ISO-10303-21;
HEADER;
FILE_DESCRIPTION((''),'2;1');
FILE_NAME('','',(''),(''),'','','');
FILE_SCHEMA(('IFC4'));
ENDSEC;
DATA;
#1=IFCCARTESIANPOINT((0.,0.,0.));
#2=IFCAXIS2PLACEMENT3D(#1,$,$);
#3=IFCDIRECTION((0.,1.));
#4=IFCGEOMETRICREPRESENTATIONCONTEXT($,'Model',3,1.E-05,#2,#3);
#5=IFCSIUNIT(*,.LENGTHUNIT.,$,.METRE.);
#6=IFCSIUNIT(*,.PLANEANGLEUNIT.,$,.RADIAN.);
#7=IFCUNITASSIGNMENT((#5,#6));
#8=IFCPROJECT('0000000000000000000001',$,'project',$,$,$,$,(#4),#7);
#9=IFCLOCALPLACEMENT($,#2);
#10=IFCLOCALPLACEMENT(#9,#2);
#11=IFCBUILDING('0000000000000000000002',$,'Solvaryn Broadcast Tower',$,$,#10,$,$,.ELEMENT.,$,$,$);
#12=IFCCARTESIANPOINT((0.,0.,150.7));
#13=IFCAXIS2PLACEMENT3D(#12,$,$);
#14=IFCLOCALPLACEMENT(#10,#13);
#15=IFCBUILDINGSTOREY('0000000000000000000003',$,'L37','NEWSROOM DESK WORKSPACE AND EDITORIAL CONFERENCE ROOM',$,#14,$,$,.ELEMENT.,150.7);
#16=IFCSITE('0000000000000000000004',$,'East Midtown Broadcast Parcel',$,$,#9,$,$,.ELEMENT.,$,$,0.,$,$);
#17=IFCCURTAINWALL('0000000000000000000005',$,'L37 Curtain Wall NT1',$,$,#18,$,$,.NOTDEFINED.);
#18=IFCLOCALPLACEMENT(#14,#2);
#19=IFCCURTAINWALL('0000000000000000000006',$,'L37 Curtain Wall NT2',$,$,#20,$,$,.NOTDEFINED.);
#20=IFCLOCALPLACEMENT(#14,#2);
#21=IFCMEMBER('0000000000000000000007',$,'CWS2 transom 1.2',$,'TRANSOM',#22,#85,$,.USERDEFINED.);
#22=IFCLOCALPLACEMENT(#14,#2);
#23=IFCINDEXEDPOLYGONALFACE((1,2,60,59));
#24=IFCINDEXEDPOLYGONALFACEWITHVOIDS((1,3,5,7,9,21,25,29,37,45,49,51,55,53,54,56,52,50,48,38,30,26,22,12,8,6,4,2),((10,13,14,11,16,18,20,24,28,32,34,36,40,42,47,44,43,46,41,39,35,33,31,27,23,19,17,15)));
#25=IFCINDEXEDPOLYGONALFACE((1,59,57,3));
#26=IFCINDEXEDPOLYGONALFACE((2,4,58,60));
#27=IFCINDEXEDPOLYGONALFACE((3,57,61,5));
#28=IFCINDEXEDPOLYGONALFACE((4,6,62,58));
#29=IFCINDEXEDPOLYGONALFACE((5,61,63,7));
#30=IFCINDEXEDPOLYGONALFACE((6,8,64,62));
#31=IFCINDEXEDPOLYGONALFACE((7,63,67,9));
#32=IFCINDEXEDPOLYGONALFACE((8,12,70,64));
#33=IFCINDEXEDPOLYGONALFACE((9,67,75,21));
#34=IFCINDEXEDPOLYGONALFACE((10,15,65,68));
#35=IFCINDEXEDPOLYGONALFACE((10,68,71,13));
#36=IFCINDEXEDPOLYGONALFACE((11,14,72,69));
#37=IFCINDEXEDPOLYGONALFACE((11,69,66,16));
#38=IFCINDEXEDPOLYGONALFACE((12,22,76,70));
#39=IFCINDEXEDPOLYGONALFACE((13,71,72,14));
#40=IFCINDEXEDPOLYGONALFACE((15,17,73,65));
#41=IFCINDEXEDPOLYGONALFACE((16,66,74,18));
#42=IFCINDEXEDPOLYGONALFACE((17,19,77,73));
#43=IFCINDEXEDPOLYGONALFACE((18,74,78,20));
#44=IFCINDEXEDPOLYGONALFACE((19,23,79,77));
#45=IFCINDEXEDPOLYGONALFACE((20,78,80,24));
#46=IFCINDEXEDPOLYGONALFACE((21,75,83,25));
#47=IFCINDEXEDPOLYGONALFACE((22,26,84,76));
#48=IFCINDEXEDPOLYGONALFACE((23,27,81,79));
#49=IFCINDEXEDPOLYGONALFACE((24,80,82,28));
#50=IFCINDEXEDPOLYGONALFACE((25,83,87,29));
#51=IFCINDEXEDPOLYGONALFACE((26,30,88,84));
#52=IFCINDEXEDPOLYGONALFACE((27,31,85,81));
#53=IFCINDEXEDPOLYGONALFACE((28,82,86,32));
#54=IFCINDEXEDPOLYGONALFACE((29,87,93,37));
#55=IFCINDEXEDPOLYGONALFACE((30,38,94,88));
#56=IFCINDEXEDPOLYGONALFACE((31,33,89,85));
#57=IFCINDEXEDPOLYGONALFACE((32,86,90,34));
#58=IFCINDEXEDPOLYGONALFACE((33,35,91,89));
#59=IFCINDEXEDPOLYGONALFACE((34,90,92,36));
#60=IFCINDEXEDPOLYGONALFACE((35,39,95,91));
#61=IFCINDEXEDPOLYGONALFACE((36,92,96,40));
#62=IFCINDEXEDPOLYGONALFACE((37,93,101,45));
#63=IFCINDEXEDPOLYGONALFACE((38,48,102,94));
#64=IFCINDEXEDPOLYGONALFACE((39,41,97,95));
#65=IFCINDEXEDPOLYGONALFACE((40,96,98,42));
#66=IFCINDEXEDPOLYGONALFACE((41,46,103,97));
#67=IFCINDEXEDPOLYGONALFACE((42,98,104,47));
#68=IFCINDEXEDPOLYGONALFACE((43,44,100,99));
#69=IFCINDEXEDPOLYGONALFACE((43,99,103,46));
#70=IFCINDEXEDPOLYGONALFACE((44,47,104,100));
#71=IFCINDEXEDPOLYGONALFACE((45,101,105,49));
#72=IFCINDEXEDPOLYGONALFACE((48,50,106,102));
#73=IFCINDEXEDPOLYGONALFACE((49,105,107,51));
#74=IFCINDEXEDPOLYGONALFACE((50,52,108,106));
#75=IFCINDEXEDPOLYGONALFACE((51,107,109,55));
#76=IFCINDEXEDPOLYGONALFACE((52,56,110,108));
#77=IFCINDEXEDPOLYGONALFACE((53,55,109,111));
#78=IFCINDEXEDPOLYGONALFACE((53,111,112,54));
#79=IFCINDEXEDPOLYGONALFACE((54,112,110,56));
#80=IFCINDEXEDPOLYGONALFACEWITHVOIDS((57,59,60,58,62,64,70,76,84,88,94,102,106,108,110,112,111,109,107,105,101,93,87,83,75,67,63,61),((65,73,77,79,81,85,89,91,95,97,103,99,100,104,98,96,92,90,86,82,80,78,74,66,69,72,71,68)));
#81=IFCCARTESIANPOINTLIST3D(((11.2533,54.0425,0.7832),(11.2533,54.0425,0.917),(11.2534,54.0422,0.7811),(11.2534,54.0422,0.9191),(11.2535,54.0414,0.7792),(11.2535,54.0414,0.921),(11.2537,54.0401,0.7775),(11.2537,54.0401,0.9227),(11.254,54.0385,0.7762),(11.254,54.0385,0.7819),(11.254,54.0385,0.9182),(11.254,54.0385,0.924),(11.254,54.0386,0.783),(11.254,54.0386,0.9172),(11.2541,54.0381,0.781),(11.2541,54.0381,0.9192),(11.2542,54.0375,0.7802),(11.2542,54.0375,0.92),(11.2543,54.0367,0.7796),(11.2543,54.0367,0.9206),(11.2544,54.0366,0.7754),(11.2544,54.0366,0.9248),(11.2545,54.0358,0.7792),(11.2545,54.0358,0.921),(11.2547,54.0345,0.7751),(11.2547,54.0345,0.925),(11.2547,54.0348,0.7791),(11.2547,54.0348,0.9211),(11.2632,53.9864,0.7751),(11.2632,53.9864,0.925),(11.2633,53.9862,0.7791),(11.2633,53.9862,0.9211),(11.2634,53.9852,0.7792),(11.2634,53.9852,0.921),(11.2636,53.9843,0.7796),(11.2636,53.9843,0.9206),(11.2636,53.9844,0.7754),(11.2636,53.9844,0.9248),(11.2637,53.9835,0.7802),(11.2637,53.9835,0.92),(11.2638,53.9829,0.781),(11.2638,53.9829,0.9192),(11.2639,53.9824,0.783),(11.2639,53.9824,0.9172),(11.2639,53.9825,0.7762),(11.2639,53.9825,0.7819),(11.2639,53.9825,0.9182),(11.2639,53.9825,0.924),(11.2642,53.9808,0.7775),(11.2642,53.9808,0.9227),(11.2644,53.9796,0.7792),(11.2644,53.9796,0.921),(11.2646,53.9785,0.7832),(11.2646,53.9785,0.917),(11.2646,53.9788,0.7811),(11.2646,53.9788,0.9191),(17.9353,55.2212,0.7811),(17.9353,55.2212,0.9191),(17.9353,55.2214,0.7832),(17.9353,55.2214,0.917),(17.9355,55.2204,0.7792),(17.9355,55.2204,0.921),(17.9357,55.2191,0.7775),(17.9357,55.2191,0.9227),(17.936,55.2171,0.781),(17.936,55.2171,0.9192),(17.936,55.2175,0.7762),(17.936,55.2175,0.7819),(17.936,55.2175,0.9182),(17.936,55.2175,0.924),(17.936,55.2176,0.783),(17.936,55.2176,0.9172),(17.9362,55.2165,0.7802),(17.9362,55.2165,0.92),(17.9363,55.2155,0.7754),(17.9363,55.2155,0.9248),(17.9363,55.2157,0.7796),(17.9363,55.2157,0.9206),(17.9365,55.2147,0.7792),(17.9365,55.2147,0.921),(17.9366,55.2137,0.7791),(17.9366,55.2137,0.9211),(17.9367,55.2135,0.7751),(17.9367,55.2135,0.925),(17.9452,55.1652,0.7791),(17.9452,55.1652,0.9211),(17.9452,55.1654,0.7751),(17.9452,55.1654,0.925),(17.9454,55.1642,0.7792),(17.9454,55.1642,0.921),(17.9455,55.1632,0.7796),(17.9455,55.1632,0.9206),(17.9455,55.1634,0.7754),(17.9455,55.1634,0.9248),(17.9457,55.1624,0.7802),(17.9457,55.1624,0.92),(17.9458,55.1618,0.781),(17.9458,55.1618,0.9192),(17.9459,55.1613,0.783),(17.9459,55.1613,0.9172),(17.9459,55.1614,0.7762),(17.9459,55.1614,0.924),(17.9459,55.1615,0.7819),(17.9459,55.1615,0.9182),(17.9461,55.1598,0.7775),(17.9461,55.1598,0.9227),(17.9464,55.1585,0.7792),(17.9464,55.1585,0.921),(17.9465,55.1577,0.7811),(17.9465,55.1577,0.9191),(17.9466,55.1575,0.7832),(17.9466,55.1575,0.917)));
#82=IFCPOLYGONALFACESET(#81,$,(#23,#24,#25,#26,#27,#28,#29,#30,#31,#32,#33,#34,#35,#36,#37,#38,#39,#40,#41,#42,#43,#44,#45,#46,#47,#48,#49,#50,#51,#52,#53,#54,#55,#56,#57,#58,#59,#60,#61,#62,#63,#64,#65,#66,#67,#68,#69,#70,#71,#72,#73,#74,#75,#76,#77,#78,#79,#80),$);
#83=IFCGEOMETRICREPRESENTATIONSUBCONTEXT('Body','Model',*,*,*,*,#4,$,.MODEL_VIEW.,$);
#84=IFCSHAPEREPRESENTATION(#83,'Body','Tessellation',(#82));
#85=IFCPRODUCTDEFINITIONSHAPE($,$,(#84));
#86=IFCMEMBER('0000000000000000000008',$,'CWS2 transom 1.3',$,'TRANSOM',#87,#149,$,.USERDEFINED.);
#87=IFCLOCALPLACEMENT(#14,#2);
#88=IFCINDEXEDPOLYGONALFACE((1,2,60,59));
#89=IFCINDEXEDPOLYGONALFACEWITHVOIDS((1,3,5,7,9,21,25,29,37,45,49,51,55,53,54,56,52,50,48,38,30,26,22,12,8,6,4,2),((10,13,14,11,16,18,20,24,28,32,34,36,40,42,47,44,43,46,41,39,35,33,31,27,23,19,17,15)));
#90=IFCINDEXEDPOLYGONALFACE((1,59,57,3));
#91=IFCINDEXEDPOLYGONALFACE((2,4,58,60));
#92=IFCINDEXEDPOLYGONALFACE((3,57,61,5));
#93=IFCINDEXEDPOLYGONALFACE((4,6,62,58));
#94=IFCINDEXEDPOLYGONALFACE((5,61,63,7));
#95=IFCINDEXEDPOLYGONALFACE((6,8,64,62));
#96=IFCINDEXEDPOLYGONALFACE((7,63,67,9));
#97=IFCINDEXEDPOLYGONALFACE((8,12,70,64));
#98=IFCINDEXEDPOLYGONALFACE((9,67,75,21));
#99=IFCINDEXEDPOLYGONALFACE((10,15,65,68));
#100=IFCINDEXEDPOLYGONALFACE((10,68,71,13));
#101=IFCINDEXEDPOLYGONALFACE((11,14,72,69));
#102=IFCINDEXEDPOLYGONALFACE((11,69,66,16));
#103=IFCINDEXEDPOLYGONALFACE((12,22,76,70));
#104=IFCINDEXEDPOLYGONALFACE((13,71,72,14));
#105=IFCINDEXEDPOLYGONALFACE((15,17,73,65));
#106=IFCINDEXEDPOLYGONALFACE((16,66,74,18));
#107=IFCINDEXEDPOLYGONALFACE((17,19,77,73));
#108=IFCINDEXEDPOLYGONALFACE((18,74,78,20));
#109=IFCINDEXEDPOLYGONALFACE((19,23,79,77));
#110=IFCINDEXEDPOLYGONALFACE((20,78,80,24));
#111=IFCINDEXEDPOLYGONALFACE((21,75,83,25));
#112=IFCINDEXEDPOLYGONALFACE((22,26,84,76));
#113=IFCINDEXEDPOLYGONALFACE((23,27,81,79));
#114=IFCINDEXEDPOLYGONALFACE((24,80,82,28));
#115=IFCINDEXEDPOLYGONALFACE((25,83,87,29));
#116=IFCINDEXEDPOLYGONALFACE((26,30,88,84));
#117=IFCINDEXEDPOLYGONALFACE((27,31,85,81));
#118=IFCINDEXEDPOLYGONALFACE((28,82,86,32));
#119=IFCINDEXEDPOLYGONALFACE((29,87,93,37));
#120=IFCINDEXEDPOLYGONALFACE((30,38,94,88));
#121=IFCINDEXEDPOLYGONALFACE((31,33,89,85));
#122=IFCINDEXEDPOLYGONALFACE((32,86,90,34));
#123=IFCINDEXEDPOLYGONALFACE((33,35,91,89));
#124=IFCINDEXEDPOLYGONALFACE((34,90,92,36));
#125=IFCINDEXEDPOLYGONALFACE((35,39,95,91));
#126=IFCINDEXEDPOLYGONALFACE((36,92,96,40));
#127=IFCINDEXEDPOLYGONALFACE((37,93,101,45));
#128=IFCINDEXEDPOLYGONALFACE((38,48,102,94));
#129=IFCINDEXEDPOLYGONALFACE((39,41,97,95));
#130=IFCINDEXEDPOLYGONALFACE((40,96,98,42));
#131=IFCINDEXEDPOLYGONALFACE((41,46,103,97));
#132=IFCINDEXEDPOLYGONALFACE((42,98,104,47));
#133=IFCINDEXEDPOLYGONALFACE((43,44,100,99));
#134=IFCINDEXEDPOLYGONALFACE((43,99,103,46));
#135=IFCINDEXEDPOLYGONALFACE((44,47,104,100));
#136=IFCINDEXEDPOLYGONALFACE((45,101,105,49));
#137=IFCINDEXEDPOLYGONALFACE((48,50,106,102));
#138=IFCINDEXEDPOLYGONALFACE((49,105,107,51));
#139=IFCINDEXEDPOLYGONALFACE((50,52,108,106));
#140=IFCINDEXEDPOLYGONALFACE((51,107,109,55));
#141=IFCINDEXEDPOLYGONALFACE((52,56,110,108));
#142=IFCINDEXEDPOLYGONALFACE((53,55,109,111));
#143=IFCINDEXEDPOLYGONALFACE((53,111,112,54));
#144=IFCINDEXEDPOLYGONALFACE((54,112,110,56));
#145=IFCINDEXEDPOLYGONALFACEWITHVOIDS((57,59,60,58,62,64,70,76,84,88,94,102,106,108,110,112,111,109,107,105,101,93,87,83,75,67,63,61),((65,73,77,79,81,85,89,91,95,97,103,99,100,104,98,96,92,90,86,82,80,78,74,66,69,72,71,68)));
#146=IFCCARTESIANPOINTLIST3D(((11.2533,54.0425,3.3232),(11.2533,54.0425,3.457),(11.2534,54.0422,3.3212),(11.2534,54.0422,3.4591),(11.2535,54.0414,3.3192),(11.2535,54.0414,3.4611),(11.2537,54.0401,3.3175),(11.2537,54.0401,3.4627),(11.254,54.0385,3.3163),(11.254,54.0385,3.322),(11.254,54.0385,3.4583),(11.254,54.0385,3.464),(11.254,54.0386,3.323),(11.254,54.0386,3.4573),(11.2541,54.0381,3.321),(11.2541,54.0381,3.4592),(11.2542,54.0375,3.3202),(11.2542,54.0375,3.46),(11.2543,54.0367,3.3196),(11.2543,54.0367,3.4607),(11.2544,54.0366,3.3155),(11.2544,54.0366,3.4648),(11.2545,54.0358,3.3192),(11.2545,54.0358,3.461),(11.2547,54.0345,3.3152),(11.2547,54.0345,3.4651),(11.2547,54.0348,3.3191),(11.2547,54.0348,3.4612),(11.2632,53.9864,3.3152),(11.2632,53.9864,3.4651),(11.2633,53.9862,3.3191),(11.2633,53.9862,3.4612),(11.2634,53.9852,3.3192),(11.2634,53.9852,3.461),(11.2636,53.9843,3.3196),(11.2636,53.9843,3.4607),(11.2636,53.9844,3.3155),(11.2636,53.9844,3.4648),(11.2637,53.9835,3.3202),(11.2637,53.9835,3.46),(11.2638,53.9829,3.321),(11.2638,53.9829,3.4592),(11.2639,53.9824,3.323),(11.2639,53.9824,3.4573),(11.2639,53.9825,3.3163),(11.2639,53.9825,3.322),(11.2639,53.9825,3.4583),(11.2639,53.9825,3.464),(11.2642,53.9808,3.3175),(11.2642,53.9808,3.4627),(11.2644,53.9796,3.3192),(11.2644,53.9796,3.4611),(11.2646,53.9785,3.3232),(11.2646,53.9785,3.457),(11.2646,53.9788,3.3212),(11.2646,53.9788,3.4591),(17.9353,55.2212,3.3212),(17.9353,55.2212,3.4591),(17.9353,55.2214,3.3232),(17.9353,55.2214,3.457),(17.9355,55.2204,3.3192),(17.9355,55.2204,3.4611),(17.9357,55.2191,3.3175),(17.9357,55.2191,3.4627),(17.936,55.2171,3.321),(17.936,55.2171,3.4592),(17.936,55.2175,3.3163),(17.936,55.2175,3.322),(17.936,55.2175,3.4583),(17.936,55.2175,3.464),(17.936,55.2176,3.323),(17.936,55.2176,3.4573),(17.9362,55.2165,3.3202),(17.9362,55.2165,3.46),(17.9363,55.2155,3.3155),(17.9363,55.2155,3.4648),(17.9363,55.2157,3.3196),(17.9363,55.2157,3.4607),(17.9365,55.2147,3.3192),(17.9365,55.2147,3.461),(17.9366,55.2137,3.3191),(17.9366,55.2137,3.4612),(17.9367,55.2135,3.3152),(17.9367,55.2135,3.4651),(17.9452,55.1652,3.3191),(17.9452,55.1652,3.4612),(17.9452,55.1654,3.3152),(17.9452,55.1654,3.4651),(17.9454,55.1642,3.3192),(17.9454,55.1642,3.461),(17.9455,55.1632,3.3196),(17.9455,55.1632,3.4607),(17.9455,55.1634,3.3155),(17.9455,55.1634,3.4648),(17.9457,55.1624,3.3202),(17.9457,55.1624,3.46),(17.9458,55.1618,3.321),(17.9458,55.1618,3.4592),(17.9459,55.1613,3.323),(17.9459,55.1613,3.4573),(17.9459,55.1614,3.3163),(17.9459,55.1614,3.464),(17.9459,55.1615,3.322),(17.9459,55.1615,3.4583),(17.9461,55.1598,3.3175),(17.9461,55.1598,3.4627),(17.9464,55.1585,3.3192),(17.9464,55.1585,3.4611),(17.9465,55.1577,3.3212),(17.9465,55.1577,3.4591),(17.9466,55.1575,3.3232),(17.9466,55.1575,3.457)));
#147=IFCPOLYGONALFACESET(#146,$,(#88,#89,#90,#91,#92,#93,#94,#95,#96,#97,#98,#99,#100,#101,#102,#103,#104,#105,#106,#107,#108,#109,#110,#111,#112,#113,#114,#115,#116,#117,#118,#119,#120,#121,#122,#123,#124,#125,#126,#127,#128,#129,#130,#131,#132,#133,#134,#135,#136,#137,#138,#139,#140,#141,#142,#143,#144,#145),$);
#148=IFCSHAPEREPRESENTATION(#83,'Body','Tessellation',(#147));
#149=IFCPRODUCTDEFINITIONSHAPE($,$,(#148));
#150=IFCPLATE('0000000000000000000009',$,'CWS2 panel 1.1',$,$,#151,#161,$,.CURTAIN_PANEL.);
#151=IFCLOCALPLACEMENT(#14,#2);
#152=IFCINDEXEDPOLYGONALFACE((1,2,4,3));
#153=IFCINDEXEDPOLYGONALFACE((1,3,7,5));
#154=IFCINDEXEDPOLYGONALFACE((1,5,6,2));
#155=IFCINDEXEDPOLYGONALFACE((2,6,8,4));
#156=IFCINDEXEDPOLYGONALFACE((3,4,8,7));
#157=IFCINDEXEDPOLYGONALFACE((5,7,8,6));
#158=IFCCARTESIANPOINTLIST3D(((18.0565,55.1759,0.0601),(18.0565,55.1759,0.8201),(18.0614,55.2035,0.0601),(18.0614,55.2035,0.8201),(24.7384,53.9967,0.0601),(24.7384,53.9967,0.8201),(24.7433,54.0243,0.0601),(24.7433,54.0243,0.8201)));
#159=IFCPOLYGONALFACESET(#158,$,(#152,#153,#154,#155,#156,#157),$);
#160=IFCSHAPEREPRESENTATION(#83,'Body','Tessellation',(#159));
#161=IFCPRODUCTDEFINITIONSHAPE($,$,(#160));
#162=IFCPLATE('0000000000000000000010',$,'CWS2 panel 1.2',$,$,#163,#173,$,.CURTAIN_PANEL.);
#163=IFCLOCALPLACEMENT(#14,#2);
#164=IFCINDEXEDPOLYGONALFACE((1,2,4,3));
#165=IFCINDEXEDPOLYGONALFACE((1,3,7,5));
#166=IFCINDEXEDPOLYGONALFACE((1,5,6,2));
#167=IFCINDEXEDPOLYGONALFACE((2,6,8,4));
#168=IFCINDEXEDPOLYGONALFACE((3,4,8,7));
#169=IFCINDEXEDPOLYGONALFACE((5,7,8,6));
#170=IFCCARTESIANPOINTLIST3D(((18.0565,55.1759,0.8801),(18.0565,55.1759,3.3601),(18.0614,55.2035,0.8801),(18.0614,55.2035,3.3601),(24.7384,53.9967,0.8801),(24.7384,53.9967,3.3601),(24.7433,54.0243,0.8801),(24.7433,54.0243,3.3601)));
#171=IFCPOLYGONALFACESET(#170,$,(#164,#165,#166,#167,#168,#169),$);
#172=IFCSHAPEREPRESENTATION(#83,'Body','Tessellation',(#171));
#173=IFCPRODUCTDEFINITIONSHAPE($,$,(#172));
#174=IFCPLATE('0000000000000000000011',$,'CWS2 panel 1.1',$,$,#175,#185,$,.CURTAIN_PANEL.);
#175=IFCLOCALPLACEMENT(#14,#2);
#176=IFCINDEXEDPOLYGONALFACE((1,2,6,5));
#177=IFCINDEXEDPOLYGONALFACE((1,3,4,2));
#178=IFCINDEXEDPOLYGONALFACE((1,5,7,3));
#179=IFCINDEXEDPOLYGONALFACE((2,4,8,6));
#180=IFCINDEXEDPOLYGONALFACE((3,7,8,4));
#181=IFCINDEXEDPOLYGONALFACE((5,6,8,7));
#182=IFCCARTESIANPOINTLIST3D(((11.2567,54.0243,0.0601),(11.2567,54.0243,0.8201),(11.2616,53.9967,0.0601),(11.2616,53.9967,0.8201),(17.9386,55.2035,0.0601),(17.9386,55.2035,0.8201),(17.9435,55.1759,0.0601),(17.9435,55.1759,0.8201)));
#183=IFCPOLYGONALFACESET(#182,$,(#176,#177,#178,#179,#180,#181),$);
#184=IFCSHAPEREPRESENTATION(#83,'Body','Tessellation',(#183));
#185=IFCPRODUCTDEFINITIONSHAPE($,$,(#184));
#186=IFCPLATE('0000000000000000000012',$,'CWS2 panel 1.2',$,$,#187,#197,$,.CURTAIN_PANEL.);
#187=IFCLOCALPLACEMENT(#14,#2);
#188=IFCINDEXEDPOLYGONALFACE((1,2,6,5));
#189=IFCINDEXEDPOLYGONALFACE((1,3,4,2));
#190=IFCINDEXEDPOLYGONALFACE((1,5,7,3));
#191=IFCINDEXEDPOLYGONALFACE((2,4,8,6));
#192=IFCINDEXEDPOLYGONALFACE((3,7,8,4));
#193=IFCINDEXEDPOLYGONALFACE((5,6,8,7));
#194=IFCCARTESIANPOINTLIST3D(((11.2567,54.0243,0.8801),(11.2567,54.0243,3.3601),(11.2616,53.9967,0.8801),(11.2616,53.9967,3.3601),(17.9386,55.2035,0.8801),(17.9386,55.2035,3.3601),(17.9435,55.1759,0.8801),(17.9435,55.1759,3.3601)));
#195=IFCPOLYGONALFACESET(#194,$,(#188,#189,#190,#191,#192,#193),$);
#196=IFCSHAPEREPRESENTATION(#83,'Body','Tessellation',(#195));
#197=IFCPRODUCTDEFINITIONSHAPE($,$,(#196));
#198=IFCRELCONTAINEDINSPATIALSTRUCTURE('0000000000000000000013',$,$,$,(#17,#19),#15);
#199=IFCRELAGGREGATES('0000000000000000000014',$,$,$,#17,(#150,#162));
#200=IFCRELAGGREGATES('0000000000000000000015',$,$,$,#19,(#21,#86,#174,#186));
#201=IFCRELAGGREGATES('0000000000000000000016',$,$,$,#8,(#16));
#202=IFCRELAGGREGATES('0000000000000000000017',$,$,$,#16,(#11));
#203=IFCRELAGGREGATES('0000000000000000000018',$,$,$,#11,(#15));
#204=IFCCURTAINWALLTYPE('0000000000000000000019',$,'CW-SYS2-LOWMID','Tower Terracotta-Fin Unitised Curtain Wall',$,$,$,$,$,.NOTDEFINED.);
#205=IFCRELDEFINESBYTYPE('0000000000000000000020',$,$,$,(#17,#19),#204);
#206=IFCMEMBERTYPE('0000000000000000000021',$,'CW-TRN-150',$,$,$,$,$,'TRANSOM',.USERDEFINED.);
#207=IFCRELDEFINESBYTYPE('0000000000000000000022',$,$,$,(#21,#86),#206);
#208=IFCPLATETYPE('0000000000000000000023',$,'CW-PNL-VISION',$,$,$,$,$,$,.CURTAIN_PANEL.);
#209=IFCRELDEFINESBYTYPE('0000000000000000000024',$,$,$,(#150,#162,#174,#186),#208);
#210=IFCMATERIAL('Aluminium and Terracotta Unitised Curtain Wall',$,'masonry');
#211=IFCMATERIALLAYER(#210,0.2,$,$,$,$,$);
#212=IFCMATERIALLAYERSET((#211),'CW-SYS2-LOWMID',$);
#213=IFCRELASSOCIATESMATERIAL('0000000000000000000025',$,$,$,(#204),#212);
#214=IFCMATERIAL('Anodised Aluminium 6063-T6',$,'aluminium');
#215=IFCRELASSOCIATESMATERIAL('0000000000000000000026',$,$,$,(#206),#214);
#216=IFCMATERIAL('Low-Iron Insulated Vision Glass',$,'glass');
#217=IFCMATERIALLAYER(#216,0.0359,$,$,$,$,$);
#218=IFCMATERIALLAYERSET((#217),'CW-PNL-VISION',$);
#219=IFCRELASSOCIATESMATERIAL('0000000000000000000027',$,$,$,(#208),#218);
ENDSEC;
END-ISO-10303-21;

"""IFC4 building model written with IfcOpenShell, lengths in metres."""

from ifc_helpers import new_model, si_unit, direction, frame, origin, origin_2d, place, context, subcontext, project, spatial, rectangle, hollow_rectangle, extrude, material, layer, layer_set, material_profile, profile_set, type_object, element, aggregate, save


model = new_model("IFC4")

# Units and contexts
model_context = context("Model", 3, precision=1e-05, world=origin(), true_north=direction((0.0, 1.0)))
body_context = subcontext(model_context, "Body", "Model", "MODEL_VIEW")
ifc_project = project(units=[si_unit("LENGTHUNIT", "METRE"), si_unit("PLANEANGLEUNIT", "RADIAN")], contexts=[model_context])

# Site, building, storey
site_placement = place(None, origin())
site = spatial("IfcSite", under=ifc_project, at=site_placement, Name="East Midtown Broadcast Parcel", CompositionType="ELEMENT", RefElevation=0.0)
building_placement = place(site_placement, origin())
building = spatial("IfcBuilding", under=site, at=building_placement, Name="Solvaryn Broadcast Tower", CompositionType="ELEMENT")
storey_placement = place(building_placement, frame((0.0, 0.0, 150.7)))
storey = spatial("IfcBuildingStorey", under=building, at=storey_placement, Name="L37", Description="NEWSROOM DESK WORKSPACE AND EDITORIAL CONFERENCE ROOM", CompositionType="ELEMENT", Elevation=150.7)

# Curtain wall
ifc_material_1 = material(Name="Aluminium and Terracotta Unitised Curtain Wall", Category="masonry")
ifc_layer_1 = layer(ifc_material_1, 0.2)
ifc_layer_set_1 = layer_set([ifc_layer_1], Name="CW-SYS2-LOWMID")
curtain_wall_type = type_object("IfcCurtainWallType", Name="CW-SYS2-LOWMID", Description="Tower Terracotta-Fin Unitised Curtain Wall", PredefinedType="NOTDEFINED", material=ifc_layer_set_1)
curtain_wall_1_placement = place(storey_placement, origin())
curtain_wall_1 = element("IfcCurtainWall", 1, at=curtain_wall_1_placement, inside=storey, type_object=curtain_wall_type, Name="L37 Curtain Wall NT1", PredefinedType="NOTDEFINED")

# Curtain wall, members
curtain_wall_2_placement = place(storey_placement, origin())
curtain_wall_2 = element("IfcCurtainWall", 2, at=curtain_wall_2_placement, inside=storey, type_object=curtain_wall_type, Name="L37 Curtain Wall NT2", PredefinedType="NOTDEFINED")
ifc_material_2 = material(Name="Anodised Aluminium 6063-T6", Category="aluminium")
ifc_material_profile_1 = material_profile(ifc_material_2, hollow_rectangle(XDim=0.0649, YDim=0.1499, WallThickness=0.0039, InnerFilletRadius=0.0039, OuterFilletRadius=0.0081, at=origin_2d()))
ifc_profile_set_1 = profile_set([ifc_material_profile_1], Name="Anodised Aluminium 6063-T6")
member_type_1 = type_object("IfcMemberType", Name="CW-TRN-150", ElementType="TRANSOM", PredefinedType="USERDEFINED", material=ifc_profile_set_1)
member_1_placement = place(storey_placement, frame((17.9409, 55.1895, 0.8501), z_axis=(-0.984789, -0.173757, 0.0), x_axis=(0.173757, -0.984789, 0.0)))
member_1 = element("IfcMember", 3, at=member_1_placement, type_object=member_type_1, Name="CWS2 transom 1.2", ObjectType="TRANSOM", PredefinedType="USERDEFINED", context=body_context, shape_type="SweptSolid", body=[
    extrude(hollow_rectangle(XDim=0.0649, YDim=0.1499, WallThickness=0.0039, InnerFilletRadius=0.0039, OuterFilletRadius=0.0081, at=origin_2d()), origin(), (0.0, 0.0, 1.0), 6.7852),
])
member_2_placement = place(storey_placement, frame((17.9409, 55.1895, 3.3901), z_axis=(-0.984789, -0.173757, 0.0), x_axis=(0.173757, -0.984789, 0.0)))
member_2 = element("IfcMember", 4, at=member_2_placement, type_object=member_type_1, Name="CWS2 transom 1.3", ObjectType="TRANSOM", PredefinedType="USERDEFINED", context=body_context, shape_type="SweptSolid", body=[
    extrude(hollow_rectangle(XDim=0.0649, YDim=0.1499, WallThickness=0.0039, InnerFilletRadius=0.0039, OuterFilletRadius=0.0081, at=origin_2d()), origin(), (0.0, 0.0, 1.0), 6.7852),
])

# Plates
ifc_material_3 = material(Name="Low-Iron Insulated Vision Glass", Category="glass")
ifc_layer_2 = layer(ifc_material_3, 0.0359)
ifc_layer_set_2 = layer_set([ifc_layer_2], Name="CW-PNL-VISION")
plate_type = type_object("IfcPlateType", Name="CW-PNL-VISION", PredefinedType="CURTAIN_PANEL", material=ifc_layer_set_2)
plate_1_placement = place(storey_placement, frame((21.3999, 54.6001, 0.0601), z_axis=(0.0, 0.0, 1.0), x_axis=(-0.984784, 0.173785, 0.0)))
plate_1 = element("IfcPlate", 5, at=plate_1_placement, type_object=plate_type, Name="CWS2 panel 1.1", PredefinedType="CURTAIN_PANEL", context=body_context, shape_type="SweptSolid", body=[
    extrude(rectangle(XDim=6.7852, YDim=0.0281, at=origin_2d()), origin(), (0.0, 0.0, 1.0), 0.76),
])
plate_2_placement = place(storey_placement, frame((21.3999, 54.6001, 0.8801), z_axis=(0.0, 0.0, 1.0), x_axis=(-0.984784, 0.173785, 0.0)))
plate_2 = element("IfcPlate", 6, at=plate_2_placement, type_object=plate_type, Name="CWS2 panel 1.2", PredefinedType="CURTAIN_PANEL", context=body_context, shape_type="SweptSolid", body=[
    extrude(rectangle(XDim=6.7852, YDim=0.0281, at=origin_2d()), origin(), (0.0, 0.0, 1.0), 2.48),
])
aggregate(curtain_wall_1, [plate_1, plate_2])
plate_3_placement = place(storey_placement, frame((14.6001, 54.6001, 0.0601), z_axis=(0.0, 0.0, 1.0), x_axis=(-0.984784, -0.173785, 0.0)))
plate_3 = element("IfcPlate", 7, at=plate_3_placement, type_object=plate_type, Name="CWS2 panel 1.1", PredefinedType="CURTAIN_PANEL", context=body_context, shape_type="SweptSolid", body=[
    extrude(rectangle(XDim=6.7852, YDim=0.0281, at=origin_2d()), origin(), (0.0, 0.0, 1.0), 0.76),
])
plate_4_placement = place(storey_placement, frame((14.6001, 54.6001, 0.8801), z_axis=(0.0, 0.0, 1.0), x_axis=(-0.984784, -0.173785, 0.0)))
plate_4 = element("IfcPlate", 8, at=plate_4_placement, type_object=plate_type, Name="CWS2 panel 1.2", PredefinedType="CURTAIN_PANEL", context=body_context, shape_type="SweptSolid", body=[
    extrude(rectangle(XDim=6.7852, YDim=0.0281, at=origin_2d()), origin(), (0.0, 0.0, 1.0), 2.48),
])
aggregate(curtain_wall_2, [member_1, member_2, plate_3, plate_4])

save(model, "model.ifc")
